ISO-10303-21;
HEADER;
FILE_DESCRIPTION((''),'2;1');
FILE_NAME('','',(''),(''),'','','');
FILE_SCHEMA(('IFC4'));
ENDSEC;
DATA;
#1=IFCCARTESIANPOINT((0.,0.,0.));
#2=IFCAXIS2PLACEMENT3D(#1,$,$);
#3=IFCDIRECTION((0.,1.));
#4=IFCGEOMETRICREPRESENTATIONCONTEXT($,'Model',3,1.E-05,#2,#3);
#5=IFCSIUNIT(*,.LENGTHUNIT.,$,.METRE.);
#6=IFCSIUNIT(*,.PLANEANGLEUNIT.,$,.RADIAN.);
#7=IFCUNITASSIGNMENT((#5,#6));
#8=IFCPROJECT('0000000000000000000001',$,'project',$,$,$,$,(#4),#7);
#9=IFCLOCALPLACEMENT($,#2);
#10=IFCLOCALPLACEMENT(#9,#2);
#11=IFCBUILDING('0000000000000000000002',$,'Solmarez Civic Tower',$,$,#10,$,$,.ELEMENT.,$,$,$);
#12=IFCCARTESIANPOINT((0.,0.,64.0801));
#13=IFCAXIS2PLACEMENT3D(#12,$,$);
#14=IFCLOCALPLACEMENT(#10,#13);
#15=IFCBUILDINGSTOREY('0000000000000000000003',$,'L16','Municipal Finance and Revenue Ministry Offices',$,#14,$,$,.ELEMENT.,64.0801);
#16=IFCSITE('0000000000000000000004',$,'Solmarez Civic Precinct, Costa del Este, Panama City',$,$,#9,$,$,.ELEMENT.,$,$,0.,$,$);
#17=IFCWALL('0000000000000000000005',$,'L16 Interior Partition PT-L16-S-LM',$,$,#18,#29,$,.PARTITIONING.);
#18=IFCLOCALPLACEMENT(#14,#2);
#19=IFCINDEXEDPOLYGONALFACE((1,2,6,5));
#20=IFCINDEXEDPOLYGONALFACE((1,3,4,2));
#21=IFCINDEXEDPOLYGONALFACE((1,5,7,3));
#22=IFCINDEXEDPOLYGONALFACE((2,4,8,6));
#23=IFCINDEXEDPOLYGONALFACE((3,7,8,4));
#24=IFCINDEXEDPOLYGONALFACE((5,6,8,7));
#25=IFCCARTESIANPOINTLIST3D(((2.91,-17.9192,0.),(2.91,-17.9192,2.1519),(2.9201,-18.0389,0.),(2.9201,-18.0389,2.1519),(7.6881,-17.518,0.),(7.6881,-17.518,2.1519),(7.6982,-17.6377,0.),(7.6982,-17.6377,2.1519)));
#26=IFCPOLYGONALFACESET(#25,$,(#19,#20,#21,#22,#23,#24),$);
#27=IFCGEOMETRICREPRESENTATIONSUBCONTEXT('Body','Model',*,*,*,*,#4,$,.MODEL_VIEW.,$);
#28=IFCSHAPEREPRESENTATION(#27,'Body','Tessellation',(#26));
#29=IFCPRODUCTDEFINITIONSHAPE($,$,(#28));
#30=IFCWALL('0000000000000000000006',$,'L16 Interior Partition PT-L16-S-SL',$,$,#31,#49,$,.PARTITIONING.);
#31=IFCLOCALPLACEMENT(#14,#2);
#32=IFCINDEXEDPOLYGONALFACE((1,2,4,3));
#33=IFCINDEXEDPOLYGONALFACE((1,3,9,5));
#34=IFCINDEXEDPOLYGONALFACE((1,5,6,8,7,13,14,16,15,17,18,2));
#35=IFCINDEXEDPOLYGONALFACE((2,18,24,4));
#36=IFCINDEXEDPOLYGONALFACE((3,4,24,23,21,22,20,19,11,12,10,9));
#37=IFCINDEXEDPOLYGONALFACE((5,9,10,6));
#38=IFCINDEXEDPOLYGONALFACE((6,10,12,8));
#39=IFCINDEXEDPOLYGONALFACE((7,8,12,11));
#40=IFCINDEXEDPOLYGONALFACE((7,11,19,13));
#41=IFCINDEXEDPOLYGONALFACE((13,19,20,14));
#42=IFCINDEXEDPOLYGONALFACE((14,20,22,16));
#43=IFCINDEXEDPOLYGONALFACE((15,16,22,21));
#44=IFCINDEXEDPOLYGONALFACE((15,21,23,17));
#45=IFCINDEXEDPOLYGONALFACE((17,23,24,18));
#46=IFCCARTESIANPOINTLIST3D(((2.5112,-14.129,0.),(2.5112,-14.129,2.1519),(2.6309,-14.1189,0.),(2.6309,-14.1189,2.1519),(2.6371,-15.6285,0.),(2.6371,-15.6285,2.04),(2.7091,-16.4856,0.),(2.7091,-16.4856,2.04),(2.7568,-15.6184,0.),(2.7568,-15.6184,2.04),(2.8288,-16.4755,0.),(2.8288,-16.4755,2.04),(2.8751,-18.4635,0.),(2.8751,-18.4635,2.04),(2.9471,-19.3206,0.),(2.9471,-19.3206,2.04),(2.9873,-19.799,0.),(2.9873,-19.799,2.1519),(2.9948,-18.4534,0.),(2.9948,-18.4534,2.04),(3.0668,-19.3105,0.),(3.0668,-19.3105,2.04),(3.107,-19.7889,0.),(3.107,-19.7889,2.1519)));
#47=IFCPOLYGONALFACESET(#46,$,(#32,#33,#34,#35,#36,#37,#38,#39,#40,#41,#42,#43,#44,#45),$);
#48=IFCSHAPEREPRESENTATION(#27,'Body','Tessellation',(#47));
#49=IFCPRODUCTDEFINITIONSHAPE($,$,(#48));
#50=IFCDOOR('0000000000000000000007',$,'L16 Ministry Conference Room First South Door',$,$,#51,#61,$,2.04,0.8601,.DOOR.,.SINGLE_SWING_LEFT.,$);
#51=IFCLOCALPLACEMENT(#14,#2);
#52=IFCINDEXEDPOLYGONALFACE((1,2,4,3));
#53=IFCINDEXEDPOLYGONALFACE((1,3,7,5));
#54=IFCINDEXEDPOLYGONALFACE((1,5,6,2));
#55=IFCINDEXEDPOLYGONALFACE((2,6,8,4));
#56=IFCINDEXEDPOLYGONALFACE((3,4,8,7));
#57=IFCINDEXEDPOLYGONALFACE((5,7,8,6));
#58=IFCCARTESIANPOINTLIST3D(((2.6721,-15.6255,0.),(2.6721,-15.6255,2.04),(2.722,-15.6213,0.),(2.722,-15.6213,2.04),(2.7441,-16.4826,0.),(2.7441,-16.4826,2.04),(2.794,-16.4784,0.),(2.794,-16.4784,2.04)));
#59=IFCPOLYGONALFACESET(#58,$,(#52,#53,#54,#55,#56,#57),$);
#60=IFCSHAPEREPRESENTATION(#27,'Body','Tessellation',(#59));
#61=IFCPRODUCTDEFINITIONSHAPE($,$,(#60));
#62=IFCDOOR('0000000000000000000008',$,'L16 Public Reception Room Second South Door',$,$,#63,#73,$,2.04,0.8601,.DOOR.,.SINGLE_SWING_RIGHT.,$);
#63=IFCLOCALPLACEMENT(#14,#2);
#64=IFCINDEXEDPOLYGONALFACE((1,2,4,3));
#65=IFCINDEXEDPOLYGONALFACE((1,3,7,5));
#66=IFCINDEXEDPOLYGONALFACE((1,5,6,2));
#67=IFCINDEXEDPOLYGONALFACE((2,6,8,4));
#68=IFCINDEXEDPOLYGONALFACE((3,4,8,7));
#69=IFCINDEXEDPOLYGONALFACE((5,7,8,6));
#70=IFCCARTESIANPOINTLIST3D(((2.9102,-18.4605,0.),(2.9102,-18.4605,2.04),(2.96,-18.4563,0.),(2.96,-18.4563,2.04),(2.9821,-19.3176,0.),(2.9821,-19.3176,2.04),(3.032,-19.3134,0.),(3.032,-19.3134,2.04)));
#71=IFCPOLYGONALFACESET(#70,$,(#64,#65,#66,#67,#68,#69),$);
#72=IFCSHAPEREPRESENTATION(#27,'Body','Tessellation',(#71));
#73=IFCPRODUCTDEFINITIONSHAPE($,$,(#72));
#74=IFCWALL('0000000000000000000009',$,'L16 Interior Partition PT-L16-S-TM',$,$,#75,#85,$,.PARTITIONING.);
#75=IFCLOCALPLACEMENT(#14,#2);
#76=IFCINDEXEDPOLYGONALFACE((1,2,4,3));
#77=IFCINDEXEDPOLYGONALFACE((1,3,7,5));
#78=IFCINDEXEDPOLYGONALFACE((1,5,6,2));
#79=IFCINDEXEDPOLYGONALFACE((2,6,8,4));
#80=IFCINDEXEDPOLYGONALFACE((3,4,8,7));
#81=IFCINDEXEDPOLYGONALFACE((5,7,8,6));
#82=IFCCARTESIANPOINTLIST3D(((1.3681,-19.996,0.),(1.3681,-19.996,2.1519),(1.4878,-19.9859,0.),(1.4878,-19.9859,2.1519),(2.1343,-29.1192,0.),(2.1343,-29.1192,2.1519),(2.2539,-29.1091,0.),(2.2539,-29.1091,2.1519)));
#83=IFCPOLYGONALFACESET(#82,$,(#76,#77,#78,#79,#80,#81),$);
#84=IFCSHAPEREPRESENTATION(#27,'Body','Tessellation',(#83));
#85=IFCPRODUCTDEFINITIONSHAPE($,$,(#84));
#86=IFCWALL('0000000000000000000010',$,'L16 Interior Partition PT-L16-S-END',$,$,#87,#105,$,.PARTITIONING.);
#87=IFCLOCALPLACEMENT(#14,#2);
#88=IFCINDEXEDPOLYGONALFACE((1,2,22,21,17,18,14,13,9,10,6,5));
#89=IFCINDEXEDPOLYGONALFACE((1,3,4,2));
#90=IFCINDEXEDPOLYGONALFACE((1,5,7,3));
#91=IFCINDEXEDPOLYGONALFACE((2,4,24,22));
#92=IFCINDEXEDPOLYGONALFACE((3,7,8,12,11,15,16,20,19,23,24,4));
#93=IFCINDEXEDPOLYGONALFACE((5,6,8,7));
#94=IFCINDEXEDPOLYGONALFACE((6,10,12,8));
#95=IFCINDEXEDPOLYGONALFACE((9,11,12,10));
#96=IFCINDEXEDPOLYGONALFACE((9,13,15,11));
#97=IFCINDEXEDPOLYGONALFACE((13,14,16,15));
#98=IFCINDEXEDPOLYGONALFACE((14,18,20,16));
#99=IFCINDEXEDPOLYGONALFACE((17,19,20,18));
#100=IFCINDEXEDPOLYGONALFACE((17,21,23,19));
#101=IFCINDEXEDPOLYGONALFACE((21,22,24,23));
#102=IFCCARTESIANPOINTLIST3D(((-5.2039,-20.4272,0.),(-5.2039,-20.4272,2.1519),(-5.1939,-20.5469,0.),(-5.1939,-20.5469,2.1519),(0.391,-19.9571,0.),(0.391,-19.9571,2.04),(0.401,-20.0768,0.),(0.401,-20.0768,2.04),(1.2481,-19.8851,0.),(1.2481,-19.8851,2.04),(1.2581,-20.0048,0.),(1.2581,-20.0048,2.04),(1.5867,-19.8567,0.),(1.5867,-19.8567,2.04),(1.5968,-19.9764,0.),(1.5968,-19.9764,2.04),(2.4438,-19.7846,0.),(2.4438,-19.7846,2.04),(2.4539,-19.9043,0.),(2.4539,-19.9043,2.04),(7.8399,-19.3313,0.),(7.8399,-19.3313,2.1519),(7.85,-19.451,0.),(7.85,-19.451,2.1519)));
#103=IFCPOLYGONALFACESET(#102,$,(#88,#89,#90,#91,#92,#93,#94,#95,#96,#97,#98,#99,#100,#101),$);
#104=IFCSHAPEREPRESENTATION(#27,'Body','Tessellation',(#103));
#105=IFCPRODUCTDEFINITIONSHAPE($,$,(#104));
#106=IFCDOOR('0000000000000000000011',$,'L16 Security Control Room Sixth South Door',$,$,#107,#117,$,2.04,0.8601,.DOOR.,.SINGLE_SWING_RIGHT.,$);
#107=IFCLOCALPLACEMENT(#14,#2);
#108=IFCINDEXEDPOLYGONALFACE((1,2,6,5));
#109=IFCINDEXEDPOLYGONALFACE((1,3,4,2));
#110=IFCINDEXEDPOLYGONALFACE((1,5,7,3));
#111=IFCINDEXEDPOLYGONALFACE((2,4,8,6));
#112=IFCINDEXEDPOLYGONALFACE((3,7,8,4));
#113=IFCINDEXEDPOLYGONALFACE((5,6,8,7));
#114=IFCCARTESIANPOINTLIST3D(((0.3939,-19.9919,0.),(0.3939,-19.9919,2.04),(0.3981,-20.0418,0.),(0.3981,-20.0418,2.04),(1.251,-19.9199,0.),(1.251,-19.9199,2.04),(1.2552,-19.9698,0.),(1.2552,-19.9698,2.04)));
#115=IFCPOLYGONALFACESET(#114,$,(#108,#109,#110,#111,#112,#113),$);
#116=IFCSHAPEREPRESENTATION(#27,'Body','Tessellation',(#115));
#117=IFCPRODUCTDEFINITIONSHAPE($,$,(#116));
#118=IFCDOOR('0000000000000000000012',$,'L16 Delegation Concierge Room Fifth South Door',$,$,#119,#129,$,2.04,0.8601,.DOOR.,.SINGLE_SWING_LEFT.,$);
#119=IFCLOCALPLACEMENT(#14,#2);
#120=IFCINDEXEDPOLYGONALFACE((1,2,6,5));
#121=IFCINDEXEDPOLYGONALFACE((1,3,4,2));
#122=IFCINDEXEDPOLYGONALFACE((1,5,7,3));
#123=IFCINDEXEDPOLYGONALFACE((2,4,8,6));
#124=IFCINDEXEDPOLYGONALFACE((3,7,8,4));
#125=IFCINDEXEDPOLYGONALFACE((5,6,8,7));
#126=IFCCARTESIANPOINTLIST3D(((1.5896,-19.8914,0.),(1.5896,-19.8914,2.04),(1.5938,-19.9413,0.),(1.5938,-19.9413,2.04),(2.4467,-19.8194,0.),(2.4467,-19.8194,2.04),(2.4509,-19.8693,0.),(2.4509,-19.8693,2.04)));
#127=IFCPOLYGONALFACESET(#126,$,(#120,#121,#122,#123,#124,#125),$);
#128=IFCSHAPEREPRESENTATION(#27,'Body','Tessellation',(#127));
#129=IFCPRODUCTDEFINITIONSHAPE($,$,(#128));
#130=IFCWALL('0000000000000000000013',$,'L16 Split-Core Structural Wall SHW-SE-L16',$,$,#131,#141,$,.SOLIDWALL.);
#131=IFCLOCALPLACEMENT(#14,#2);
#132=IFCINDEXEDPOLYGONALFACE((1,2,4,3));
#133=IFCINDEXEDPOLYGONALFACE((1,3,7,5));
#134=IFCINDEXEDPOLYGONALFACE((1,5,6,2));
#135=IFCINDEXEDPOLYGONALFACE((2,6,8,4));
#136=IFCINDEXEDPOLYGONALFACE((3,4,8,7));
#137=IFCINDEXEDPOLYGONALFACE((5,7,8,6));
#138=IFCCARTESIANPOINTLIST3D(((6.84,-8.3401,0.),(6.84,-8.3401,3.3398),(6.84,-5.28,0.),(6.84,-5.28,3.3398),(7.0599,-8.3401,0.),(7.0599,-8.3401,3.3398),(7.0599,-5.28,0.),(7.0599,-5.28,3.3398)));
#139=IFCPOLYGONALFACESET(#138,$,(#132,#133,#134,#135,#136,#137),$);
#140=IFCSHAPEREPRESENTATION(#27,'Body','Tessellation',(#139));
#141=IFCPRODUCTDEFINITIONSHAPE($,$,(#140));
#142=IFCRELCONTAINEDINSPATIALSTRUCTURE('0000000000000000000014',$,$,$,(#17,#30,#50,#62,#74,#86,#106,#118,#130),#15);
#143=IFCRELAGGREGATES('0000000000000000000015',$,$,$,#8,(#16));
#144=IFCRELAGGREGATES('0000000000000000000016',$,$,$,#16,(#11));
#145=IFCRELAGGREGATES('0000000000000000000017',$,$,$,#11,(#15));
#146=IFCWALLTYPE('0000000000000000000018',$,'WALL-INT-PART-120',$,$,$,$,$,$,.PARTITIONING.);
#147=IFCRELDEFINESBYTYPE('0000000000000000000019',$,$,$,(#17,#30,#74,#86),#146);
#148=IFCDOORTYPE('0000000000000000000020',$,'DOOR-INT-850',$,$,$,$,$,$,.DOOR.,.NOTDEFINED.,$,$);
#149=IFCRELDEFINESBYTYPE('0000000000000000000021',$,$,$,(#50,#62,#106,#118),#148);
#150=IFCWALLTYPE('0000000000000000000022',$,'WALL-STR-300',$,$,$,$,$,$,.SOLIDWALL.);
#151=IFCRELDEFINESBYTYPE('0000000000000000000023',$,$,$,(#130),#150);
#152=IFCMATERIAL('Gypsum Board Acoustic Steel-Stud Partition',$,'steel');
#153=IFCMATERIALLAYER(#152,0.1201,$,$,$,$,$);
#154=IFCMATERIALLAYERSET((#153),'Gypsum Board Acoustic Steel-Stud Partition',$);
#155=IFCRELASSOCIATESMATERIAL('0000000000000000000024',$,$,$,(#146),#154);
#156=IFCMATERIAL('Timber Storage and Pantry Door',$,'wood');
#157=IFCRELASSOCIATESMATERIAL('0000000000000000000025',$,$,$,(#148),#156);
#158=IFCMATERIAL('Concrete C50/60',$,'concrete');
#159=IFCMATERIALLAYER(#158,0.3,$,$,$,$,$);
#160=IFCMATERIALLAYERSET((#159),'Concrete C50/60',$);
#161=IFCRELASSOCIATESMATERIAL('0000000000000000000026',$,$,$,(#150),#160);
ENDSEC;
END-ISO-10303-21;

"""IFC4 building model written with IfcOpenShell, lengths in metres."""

from ifc_helpers import new_model, si_unit, direction, frame, frame_2d, origin, place, context, subcontext, project, spatial, rectangle, extrude, material, layer, layer_set, type_object, element, fill, save


model = new_model("IFC4")

# Units and contexts
model_context = context("Model", 3, precision=1e-05, world=origin(), true_north=direction((0.0, 1.0)))
body_context = subcontext(model_context, "Body", "Model", "MODEL_VIEW")
ifc_project = project(units=[si_unit("LENGTHUNIT", "METRE"), si_unit("PLANEANGLEUNIT", "RADIAN")], contexts=[model_context])

# Site, building, storey
site_placement = place(None, origin())
site = spatial("IfcSite", under=ifc_project, at=site_placement, Name="Solmarez Civic Precinct, Costa del Este, Panama City", CompositionType="ELEMENT", RefElevation=0.0)
building_placement = place(site_placement, origin())
building = spatial("IfcBuilding", under=site, at=building_placement, Name="Solmarez Civic Tower", CompositionType="ELEMENT")
storey_placement = place(building_placement, frame((0.0, 0.0, 64.0801)))
storey = spatial("IfcBuildingStorey", under=building, at=storey_placement, Name="L16", Description="Municipal Finance and Revenue Ministry Offices", CompositionType="ELEMENT", Elevation=64.0801)

# Shared definitions
ifc_material_1 = material(Name="Concrete C50/60", Category="concrete")

# Wall
ifc_material_2 = material(Name="Gypsum Board Acoustic Steel-Stud Partition", Category="steel")
ifc_layer_1 = layer(ifc_material_2, 0.1201)
ifc_layer_set_1 = layer_set([ifc_layer_1], Name="Gypsum Board Acoustic Steel-Stud Partition")
wall_type_1 = type_object("IfcWallType", Name="WALL-INT-PART-120", PredefinedType="PARTITIONING", material=ifc_layer_set_1)
wall_1_placement = place(storey_placement, frame((2.915, -17.979, 0.0), z_axis=(0.0, 0.0, 1.0), x_axis=(0.996495, 0.083656, 0.0)))
element("IfcWall", 1, at=wall_1_placement, inside=storey, type_object=wall_type_1, Name="L16 Interior Partition PT-L16-S-LM", PredefinedType="PARTITIONING", context=body_context, shape_type="SweptSolid", body=[
    extrude(rectangle(XDim=4.7949, YDim=0.1201, at=frame_2d((2.3975, 0.0))), origin(), (0.0, 0.0, 1.0), 2.1519),
])

# Wall, openings, doors
wall_2_placement = place(storey_placement, frame((3.0471, -19.7939, 0.0), z_axis=(0.0, 0.0, 1.0), x_axis=(-0.08367, 0.996493, 0.0)))
wall_2 = element("IfcWall", 2, at=wall_2_placement, inside=storey, type_object=wall_type_1, Name="L16 Interior Partition PT-L16-S-SL", PredefinedType="PARTITIONING", context=body_context, shape_type="SweptSolid", body=[
    extrude(rectangle(XDim=5.6899, YDim=0.1201, at=frame_2d((2.845, 0.0))), origin(), (0.0, 0.0, 1.0), 2.1519),
])
opening_1_placement = place(wall_2_placement, frame((3.325, 0.0, 0.0)))
opening_1 = element("IfcOpeningElement", 3, at=opening_1_placement, cuts=wall_2, PredefinedType="OPENING", context=body_context, shape_type="SweptSolid", body=[
    extrude(rectangle(XDim=0.8601, YDim=2.04, at=frame_2d((0.4302, 1.02))), frame((0.0, 0.0701, 0.0), z_axis=(0.0, -1.0, 0.0), x_axis=(1.0, 0.0, 0.0)), (0.0, 0.0, 1.0), 0.1401),
])
opening_2_placement = place(wall_2_placement, frame((0.48, 0.0, 0.0)))
opening_2 = element("IfcOpeningElement", 4, at=opening_2_placement, cuts=wall_2, PredefinedType="OPENING", context=body_context, shape_type="SweptSolid", body=[
    extrude(rectangle(XDim=0.8601, YDim=2.04, at=frame_2d((0.4302, 1.02))), frame((0.0, 0.0701, 0.0), z_axis=(0.0, -1.0, 0.0), x_axis=(1.0, 0.0, 0.0)), (0.0, 0.0, 1.0), 0.1401),
])
ifc_material_3 = material(Name="Timber Storage and Pantry Door", Category="wood")
door_type = type_object("IfcDoorType", Name="DOOR-INT-850", OperationType="NOTDEFINED", PredefinedType="DOOR", material=ifc_material_3)
door_1_placement = place(opening_1_placement, origin())
door_1 = element("IfcDoor", 5, at=door_1_placement, inside=storey, type_object=door_type, Name="L16 Ministry Conference Room First South Door", OperationType="SINGLE_SWING_LEFT", OverallHeight=2.04, OverallWidth=0.8601, PredefinedType="DOOR", context=body_context, shape_type="SweptSolid", body=[
    extrude(rectangle(XDim=0.8601, YDim=2.04, at=frame_2d((0.4302, 1.02))), frame((0.0, 0.0249, 0.0), z_axis=(0.0, -1.0, 0.0), x_axis=(1.0, 0.0, 0.0)), (0.0, 0.0, 1.0), 0.05),
])
fill(opening_1, door_1)
door_2_placement = place(opening_2_placement, origin())
door_2 = element("IfcDoor", 6, at=door_2_placement, inside=storey, type_object=door_type, Name="L16 Public Reception Room Second South Door", OperationType="SINGLE_SWING_RIGHT", OverallHeight=2.04, OverallWidth=0.8601, PredefinedType="DOOR", context=body_context, shape_type="SweptSolid", body=[
    extrude(rectangle(XDim=0.8601, YDim=2.04, at=frame_2d((0.4302, 1.02))), frame((0.0, 0.0249, 0.0), z_axis=(0.0, -1.0, 0.0), x_axis=(1.0, 0.0, 0.0)), (0.0, 0.0, 1.0), 0.05),
])
fill(opening_2, door_2)

# Wall
wall_3_placement = place(storey_placement, frame((1.428, -19.991, 0.0), z_axis=(0.0, 0.0, 1.0), x_axis=(0.083681, -0.996493, 0.0)))
element("IfcWall", 7, at=wall_3_placement, inside=storey, type_object=wall_type_1, Name="L16 Interior Partition PT-L16-S-TM", PredefinedType="PARTITIONING", context=body_context, shape_type="SweptSolid", body=[
    extrude(rectangle(XDim=9.1553, YDim=0.1201, at=frame_2d((4.5776, 0.0))), origin(), (0.0, 0.0, 1.0), 2.1519),
])

# Wall, openings, doors
wall_4_placement = place(storey_placement, frame((7.845, -19.3911, 0.0), z_axis=(0.0, 0.0, 1.0), x_axis=(-0.996489, -0.083725, 0.0)))
wall_4 = element("IfcWall", 8, at=wall_4_placement, inside=storey, type_object=wall_type_1, Name="L16 Interior Partition PT-L16-S-END", PredefinedType="PARTITIONING", context=body_context, shape_type="SweptSolid", body=[
    extrude(rectangle(XDim=13.0898, YDim=0.1201, at=frame_2d((6.5449, 0.0))), origin(), (0.0, 0.0, 1.0), 2.1519),
])
opening_3_placement = place(wall_4_placement, frame((6.615, 0.0, 0.0)))
opening_3 = element("IfcOpeningElement", 9, at=opening_3_placement, cuts=wall_4, PredefinedType="OPENING", context=body_context, shape_type="SweptSolid", body=[
    extrude(rectangle(XDim=0.8601, YDim=2.04, at=frame_2d((0.4302, 1.02))), frame((0.0, 0.0701, 0.0), z_axis=(0.0, -1.0, 0.0), x_axis=(1.0, 0.0, 0.0)), (0.0, 0.0, 1.0), 0.1401),
])
opening_4_placement = place(wall_4_placement, frame((5.415, 0.0, 0.0)))
opening_4 = element("IfcOpeningElement", 10, at=opening_4_placement, cuts=wall_4, PredefinedType="OPENING", context=body_context, shape_type="SweptSolid", body=[
    extrude(rectangle(XDim=0.8601, YDim=2.04, at=frame_2d((0.4302, 1.02))), frame((0.0, 0.0701, 0.0), z_axis=(0.0, -1.0, 0.0), x_axis=(1.0, 0.0, 0.0)), (0.0, 0.0, 1.0), 0.1401),
])
door_3_placement = place(opening_3_placement, origin())
door_3 = element("IfcDoor", 11, at=door_3_placement, inside=storey, type_object=door_type, Name="L16 Security Control Room Sixth South Door", OperationType="SINGLE_SWING_RIGHT", OverallHeight=2.04, OverallWidth=0.8601, PredefinedType="DOOR", context=body_context, shape_type="SweptSolid", body=[
    extrude(rectangle(XDim=0.8601, YDim=2.04, at=frame_2d((0.4302, 1.02))), frame((0.0, 0.0249, 0.0), z_axis=(0.0, -1.0, 0.0), x_axis=(1.0, 0.0, 0.0)), (0.0, 0.0, 1.0), 0.05),
])
fill(opening_3, door_3)
door_4_placement = place(opening_4_placement, origin())
door_4 = element("IfcDoor", 12, at=door_4_placement, inside=storey, type_object=door_type, Name="L16 Delegation Concierge Room Fifth South Door", OperationType="SINGLE_SWING_LEFT", OverallHeight=2.04, OverallWidth=0.8601, PredefinedType="DOOR", context=body_context, shape_type="SweptSolid", body=[
    extrude(rectangle(XDim=0.8601, YDim=2.04, at=frame_2d((0.4302, 1.02))), frame((0.0, 0.0249, 0.0), z_axis=(0.0, -1.0, 0.0), x_axis=(1.0, 0.0, 0.0)), (0.0, 0.0, 1.0), 0.05),
])
fill(opening_4, door_4)

# Wall
ifc_layer_2 = layer(ifc_material_1, 0.3)
ifc_layer_set_2 = layer_set([ifc_layer_2], Name="Concrete C50/60")
wall_type_2 = type_object("IfcWallType", Name="WALL-STR-300", PredefinedType="SOLIDWALL", material=ifc_layer_set_2)
wall_5_placement = place(storey_placement, frame((6.95, -8.3401, 0.0), z_axis=(0.0, 0.0, 1.0), x_axis=(0.0, 1.0, 0.0)))
element("IfcWall", 13, at=wall_5_placement, inside=storey, type_object=wall_type_2, Name="L16 Split-Core Structural Wall SHW-SE-L16", PredefinedType="SOLIDWALL", context=body_context, shape_type="SweptSolid", body=[
    extrude(rectangle(XDim=3.0601, YDim=0.22, at=frame_2d((1.53, 0.0))), origin(), (0.0, 0.0, 1.0), 3.3398),
])

save(model, "model.ifc")
